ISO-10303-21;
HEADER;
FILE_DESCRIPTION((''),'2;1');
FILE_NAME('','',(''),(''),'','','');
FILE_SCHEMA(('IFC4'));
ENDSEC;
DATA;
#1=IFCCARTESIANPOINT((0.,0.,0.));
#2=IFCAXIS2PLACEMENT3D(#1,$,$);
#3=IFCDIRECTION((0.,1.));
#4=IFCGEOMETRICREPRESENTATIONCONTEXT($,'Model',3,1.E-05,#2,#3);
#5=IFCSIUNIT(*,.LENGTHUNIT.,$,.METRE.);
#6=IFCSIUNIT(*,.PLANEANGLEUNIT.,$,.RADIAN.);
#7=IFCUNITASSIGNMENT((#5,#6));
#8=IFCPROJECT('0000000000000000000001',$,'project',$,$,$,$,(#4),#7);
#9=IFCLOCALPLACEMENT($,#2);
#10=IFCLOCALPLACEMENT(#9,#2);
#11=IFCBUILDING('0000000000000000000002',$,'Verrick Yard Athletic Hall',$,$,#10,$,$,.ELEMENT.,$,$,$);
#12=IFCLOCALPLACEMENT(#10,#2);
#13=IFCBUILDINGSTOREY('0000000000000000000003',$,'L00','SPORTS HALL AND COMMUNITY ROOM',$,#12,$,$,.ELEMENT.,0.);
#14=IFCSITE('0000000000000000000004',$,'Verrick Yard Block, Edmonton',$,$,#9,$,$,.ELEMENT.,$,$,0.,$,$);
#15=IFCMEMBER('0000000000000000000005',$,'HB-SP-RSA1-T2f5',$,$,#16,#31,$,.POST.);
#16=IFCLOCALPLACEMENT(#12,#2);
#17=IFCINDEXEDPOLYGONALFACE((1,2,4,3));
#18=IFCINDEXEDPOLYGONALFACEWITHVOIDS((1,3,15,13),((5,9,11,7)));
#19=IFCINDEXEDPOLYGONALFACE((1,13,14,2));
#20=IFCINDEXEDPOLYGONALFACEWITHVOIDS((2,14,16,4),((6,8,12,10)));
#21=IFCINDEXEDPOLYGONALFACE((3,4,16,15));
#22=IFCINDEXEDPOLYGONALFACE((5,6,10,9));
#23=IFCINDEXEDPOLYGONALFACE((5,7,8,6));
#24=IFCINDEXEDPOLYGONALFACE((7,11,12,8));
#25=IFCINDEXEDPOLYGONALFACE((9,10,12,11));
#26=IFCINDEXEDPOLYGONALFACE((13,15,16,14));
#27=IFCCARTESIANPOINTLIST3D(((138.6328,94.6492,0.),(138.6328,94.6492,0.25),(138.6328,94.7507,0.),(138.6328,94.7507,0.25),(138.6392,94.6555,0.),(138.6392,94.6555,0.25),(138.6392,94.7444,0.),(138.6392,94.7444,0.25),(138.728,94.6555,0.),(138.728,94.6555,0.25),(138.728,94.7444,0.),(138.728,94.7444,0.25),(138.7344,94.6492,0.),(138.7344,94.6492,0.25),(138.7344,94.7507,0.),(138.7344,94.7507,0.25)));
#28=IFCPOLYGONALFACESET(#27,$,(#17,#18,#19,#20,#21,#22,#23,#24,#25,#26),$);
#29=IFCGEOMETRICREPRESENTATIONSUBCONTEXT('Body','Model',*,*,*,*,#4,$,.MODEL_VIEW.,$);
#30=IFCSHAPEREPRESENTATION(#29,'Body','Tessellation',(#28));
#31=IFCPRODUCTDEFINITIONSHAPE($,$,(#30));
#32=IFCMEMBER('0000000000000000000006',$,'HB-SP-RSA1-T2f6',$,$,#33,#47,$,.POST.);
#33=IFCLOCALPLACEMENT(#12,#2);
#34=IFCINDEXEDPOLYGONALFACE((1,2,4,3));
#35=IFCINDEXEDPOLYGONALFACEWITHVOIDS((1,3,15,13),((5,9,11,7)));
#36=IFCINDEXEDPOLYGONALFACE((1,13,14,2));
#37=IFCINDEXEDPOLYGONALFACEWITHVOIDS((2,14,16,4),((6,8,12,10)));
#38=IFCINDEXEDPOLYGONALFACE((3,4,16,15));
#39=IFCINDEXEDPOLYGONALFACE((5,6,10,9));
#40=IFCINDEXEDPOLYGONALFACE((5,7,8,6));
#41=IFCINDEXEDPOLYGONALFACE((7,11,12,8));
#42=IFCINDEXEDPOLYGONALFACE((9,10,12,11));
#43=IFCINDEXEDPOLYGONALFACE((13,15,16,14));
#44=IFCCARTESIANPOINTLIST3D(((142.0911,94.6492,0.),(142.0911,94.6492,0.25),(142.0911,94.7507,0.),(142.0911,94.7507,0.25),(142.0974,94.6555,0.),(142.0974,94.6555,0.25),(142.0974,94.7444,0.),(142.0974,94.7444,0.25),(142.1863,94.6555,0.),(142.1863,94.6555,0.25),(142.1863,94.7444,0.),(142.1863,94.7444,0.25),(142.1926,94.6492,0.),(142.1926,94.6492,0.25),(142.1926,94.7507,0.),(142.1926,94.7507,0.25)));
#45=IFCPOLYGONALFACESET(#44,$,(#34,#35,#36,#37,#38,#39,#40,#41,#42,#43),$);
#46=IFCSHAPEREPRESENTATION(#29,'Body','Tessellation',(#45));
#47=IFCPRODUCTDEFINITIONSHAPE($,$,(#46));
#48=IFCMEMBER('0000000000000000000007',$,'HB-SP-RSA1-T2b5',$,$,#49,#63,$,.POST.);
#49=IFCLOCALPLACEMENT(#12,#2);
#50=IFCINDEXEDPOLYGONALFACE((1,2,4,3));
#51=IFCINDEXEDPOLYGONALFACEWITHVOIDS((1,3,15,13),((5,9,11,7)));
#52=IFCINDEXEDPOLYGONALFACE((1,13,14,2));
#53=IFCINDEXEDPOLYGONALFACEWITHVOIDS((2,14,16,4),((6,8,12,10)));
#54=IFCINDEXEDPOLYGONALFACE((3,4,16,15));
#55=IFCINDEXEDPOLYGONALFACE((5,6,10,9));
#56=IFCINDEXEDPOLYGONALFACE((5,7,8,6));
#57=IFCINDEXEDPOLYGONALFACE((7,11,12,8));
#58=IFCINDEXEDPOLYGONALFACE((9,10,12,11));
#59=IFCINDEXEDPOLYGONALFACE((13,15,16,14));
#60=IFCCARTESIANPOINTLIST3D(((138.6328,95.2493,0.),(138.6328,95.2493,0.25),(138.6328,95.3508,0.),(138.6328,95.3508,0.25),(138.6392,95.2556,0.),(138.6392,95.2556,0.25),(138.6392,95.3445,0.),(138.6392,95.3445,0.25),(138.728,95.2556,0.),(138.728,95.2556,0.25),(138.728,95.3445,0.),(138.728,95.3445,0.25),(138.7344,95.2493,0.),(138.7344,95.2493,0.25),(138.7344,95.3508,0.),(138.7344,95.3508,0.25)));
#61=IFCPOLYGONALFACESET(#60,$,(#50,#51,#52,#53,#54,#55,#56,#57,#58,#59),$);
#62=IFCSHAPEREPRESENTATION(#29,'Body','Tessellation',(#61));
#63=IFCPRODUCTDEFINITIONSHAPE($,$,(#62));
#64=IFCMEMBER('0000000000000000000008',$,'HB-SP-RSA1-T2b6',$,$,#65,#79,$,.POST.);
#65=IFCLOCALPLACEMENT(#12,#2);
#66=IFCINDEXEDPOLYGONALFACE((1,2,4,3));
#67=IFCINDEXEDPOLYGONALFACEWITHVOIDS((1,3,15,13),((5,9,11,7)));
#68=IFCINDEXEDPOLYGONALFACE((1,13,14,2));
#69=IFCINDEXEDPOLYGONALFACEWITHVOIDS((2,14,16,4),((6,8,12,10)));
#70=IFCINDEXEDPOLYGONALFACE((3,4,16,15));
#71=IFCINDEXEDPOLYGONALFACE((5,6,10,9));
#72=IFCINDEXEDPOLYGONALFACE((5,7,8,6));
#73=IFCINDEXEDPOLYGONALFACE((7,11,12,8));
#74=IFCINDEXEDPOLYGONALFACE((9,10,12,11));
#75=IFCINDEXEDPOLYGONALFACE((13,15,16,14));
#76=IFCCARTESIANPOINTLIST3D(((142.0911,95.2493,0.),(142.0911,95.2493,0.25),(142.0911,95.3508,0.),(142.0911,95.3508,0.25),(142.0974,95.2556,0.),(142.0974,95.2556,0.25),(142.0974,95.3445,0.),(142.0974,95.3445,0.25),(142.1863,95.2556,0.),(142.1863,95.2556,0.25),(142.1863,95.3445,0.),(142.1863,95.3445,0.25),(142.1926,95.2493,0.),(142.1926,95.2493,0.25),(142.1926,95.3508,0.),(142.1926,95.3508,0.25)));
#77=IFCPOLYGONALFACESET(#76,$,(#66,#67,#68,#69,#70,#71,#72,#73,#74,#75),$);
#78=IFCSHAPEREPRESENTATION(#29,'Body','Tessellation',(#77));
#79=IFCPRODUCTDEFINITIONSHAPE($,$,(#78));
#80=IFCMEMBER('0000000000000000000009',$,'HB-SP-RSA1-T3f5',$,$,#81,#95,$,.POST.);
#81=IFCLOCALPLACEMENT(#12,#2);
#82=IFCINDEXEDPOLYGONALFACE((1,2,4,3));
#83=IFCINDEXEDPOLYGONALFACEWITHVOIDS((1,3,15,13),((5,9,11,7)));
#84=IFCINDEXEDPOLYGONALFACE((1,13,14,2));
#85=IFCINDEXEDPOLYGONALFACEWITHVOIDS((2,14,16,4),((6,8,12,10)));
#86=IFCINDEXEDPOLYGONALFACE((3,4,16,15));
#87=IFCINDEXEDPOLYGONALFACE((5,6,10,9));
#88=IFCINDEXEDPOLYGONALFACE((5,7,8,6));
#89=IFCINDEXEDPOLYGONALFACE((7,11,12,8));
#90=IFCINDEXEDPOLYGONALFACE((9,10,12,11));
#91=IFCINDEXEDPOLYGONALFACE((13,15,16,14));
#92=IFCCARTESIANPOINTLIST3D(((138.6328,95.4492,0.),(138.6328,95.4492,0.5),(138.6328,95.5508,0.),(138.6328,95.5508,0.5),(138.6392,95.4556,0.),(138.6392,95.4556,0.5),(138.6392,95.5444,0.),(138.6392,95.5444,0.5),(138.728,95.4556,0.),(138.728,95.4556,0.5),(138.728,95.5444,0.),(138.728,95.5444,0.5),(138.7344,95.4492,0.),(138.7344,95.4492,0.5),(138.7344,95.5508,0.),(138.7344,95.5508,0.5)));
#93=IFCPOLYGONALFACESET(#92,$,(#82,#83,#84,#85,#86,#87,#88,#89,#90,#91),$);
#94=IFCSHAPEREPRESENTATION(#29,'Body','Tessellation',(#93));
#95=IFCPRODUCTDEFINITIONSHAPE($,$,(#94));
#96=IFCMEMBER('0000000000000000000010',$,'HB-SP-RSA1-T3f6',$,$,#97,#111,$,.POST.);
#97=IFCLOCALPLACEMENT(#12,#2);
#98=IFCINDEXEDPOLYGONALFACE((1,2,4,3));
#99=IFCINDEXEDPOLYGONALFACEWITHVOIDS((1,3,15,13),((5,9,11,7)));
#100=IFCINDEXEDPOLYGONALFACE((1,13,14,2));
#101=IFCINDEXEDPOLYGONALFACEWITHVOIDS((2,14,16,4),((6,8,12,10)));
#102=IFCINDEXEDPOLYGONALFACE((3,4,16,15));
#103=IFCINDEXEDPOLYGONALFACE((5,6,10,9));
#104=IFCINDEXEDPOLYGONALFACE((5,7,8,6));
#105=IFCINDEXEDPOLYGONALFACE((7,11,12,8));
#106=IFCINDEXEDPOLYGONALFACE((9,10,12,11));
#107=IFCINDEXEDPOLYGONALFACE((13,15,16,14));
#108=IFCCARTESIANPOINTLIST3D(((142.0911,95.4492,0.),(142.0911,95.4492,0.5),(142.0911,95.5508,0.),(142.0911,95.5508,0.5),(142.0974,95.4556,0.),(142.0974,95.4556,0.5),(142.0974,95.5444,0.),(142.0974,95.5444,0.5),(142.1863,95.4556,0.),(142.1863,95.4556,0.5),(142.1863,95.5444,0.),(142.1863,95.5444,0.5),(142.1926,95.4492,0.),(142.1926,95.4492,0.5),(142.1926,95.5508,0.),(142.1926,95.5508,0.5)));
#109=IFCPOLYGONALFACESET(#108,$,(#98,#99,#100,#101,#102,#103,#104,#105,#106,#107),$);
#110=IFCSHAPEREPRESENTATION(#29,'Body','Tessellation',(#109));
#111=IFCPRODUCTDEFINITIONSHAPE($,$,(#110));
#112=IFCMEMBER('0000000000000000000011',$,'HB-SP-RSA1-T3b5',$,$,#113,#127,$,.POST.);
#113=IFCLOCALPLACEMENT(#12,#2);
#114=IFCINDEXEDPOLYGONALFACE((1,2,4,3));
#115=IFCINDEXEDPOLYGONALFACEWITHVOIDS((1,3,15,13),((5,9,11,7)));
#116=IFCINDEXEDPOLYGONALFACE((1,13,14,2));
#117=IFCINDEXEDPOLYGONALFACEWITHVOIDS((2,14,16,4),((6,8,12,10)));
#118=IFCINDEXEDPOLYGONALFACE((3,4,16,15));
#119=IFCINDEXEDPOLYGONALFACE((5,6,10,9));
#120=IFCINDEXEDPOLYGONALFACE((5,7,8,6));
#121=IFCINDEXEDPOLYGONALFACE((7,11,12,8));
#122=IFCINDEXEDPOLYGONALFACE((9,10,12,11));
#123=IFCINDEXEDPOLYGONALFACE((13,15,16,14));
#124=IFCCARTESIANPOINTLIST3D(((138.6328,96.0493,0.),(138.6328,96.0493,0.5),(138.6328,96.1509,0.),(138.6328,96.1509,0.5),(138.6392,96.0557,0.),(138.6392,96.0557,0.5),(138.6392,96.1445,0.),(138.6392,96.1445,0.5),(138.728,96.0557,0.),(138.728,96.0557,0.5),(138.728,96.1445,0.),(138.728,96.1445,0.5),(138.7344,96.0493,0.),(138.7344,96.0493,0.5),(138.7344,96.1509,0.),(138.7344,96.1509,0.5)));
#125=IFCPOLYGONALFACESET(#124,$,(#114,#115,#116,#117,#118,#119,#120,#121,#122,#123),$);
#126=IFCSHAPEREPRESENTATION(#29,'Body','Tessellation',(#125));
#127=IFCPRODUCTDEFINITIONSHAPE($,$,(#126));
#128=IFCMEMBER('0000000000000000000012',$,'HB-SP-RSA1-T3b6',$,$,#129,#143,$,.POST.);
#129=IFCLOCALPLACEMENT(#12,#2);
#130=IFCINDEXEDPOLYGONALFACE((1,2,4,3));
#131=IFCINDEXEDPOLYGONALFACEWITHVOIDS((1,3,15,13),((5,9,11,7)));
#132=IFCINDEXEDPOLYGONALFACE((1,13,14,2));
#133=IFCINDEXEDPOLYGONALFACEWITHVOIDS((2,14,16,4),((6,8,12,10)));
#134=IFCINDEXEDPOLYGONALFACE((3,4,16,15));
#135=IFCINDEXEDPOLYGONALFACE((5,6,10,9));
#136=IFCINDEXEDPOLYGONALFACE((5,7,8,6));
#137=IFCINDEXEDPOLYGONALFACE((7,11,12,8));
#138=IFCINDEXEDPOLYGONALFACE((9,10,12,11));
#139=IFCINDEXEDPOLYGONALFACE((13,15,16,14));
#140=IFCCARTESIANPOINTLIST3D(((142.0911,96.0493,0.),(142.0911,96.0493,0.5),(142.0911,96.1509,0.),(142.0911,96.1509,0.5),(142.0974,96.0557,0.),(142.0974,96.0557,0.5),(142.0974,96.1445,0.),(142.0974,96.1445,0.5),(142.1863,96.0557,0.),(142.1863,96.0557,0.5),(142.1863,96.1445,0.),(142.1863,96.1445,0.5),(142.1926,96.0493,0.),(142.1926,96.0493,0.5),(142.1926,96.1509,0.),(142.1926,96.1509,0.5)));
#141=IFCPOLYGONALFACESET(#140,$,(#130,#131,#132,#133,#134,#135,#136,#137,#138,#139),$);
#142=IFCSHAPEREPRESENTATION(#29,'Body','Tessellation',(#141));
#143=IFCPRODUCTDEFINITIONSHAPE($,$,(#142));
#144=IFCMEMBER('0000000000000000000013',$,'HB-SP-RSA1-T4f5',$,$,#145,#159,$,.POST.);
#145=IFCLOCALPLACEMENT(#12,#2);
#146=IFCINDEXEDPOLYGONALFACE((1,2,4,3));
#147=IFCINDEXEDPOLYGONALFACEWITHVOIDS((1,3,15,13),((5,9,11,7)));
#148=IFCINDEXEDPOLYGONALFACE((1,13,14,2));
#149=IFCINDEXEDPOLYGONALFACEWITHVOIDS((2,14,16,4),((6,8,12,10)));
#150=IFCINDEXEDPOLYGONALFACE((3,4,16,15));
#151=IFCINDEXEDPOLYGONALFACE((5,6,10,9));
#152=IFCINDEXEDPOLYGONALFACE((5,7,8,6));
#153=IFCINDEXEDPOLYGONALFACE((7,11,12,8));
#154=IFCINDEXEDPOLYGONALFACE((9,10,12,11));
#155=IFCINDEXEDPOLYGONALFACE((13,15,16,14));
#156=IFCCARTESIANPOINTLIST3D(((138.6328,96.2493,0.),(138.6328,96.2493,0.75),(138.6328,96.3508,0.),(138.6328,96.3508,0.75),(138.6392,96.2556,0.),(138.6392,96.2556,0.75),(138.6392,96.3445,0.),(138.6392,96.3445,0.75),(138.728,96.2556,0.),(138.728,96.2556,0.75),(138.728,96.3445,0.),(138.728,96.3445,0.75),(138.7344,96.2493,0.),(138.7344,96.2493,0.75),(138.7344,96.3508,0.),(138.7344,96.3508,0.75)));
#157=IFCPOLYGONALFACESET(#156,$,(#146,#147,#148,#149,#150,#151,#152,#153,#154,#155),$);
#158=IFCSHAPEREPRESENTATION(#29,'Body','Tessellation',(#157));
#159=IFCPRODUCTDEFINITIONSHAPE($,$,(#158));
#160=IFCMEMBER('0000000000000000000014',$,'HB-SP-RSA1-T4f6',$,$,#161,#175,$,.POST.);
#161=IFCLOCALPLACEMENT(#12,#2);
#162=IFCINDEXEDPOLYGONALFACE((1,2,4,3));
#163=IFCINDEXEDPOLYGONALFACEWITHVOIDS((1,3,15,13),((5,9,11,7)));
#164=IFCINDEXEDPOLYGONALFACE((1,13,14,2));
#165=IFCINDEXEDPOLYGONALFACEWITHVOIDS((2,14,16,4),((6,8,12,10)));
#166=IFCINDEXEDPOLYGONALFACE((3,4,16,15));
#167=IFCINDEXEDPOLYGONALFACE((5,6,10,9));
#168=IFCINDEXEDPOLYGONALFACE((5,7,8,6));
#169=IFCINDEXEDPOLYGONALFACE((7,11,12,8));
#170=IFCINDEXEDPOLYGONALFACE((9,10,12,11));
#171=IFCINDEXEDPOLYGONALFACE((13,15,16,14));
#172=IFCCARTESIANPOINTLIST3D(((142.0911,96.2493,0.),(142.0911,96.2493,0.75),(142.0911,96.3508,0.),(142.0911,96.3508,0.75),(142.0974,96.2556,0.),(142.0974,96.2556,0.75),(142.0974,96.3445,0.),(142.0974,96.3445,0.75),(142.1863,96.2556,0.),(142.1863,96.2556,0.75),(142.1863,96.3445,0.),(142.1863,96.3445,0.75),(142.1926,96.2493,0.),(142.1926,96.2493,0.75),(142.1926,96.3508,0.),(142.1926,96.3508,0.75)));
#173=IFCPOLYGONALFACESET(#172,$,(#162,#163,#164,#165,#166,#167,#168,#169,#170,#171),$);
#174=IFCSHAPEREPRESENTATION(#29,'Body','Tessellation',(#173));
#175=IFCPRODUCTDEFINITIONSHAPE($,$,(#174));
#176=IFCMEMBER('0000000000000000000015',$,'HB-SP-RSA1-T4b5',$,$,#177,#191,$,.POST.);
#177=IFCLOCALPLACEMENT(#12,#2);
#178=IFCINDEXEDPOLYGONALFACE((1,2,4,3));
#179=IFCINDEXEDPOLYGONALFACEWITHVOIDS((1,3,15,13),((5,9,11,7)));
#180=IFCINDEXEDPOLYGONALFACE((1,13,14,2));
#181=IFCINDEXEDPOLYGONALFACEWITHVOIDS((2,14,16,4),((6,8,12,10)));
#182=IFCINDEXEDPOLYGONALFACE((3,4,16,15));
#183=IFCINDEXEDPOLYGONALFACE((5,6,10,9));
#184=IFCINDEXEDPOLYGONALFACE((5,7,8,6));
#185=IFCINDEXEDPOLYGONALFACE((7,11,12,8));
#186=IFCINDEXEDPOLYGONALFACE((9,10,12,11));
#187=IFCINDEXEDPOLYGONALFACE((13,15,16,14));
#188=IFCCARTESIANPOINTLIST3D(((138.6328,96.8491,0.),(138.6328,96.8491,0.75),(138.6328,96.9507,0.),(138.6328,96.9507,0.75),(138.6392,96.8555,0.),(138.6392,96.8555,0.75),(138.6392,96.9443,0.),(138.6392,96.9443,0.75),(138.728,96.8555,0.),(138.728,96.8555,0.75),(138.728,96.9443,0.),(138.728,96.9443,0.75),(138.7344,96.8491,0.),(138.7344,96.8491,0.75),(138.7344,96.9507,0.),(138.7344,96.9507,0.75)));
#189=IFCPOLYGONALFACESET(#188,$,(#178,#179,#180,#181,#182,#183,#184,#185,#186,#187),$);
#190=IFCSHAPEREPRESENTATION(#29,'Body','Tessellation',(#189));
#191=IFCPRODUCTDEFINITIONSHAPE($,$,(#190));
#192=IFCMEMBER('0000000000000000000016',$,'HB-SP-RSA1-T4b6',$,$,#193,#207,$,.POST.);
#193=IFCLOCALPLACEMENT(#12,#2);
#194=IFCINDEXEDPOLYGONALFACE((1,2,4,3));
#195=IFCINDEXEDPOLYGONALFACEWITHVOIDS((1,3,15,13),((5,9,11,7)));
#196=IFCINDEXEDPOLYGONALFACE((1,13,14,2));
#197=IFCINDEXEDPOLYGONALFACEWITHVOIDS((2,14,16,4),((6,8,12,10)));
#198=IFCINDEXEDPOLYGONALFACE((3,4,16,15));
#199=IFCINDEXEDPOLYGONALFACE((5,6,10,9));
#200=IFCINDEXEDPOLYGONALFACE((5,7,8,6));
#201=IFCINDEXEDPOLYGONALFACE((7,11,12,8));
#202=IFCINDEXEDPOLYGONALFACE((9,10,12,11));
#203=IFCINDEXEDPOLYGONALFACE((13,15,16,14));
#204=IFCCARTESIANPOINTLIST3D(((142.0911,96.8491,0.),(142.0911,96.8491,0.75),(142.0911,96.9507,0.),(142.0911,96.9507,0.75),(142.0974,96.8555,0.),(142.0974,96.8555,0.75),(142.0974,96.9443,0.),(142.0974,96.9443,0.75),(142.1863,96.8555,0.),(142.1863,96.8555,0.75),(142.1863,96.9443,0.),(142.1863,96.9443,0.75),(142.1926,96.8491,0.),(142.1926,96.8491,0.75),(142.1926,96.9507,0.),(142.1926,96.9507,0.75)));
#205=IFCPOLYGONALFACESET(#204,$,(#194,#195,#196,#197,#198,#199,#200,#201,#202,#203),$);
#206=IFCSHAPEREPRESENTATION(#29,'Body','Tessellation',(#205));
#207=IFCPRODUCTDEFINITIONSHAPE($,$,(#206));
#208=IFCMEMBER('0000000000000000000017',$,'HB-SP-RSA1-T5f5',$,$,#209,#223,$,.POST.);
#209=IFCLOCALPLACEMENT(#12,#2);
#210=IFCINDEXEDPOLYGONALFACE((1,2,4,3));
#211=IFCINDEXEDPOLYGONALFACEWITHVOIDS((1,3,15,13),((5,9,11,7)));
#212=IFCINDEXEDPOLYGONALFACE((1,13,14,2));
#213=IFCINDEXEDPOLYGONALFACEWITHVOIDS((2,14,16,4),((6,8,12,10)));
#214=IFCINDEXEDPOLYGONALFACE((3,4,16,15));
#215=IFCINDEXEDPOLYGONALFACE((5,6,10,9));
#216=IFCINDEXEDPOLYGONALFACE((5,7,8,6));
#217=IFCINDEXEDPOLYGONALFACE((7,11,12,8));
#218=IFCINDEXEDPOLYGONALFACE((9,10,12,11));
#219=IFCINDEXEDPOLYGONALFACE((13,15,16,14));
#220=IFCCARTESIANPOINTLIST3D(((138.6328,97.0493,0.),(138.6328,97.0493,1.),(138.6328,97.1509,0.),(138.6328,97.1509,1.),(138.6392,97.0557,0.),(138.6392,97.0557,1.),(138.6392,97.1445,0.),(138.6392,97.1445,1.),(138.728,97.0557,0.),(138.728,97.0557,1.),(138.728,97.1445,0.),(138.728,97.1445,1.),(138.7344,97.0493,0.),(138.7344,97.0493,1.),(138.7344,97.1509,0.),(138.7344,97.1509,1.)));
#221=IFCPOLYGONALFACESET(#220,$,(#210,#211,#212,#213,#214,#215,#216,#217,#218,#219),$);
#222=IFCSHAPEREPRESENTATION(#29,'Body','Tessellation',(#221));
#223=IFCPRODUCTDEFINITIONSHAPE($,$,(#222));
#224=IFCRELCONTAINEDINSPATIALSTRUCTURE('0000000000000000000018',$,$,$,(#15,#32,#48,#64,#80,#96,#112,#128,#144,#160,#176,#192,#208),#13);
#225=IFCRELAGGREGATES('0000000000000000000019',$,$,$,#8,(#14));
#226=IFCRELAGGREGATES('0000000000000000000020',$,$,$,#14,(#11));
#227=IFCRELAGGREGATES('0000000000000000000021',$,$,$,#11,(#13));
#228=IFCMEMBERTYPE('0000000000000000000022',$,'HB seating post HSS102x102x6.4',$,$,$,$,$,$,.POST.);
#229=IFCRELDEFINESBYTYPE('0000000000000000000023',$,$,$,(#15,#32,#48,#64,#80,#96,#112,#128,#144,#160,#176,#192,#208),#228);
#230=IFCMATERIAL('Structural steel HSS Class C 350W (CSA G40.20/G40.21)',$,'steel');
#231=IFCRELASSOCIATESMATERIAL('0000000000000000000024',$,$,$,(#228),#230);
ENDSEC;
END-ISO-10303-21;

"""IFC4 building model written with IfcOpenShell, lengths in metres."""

from ifc_helpers import new_model, si_unit, direction, frame, origin, origin_2d, place, context, subcontext, project, spatial, hollow_rectangle, extrude, material, material_profile, profile_set, type_object, element, save


model = new_model("IFC4")

# Units and contexts
model_context = context("Model", 3, precision=1e-05, world=origin(), true_north=direction((0.0, 1.0)))
body_context = subcontext(model_context, "Body", "Model", "MODEL_VIEW")
ifc_project = project(units=[si_unit("LENGTHUNIT", "METRE"), si_unit("PLANEANGLEUNIT", "RADIAN")], contexts=[model_context])

# Site, building, storey
site_placement = place(None, origin())
site = spatial("IfcSite", under=ifc_project, at=site_placement, Name="Verrick Yard Block, Edmonton", CompositionType="ELEMENT", RefElevation=0.0)
building_placement = place(site_placement, origin())
building = spatial("IfcBuilding", under=site, at=building_placement, Name="Verrick Yard Athletic Hall", CompositionType="ELEMENT")
storey_placement = place(building_placement, origin())
storey = spatial("IfcBuildingStorey", under=building, at=storey_placement, Name="L00", Description="SPORTS HALL AND COMMUNITY ROOM", CompositionType="ELEMENT", Elevation=0.0)

# Members
ifc_material = material(Name="Structural steel HSS Class C 350W (CSA G40.20/G40.21)", Category="steel")
ifc_material_profile = material_profile(ifc_material, hollow_rectangle(XDim=0.1016, YDim=0.1016, WallThickness=0.0063, at=origin_2d()), Name="HSS102x102x6.4")
ifc_profile_set = profile_set([ifc_material_profile], Name="Structural steel HSS Class C 350W (CSA G40.20/G40.21)")
member_type = type_object("IfcMemberType", Name="HB seating post HSS102x102x6.4", PredefinedType="POST", material=ifc_profile_set)
for number, where, z_axis, x_axis, name in (
    (1, (138.6836, 94.7, 0.0), (0.0, 0.0, 1.0), (0.0, 1.0, 0.0), "HB-SP-RSA1-T2f5"),
    (2, (142.1418, 94.7, 0.0), (0.0, 0.0, 1.0), (0.0, 1.0, 0.0), "HB-SP-RSA1-T2f6"),
    (3, (138.6836, 95.3, 0.0), (0.0, 0.0, 1.0), (0.0, 1.0, 0.0), "HB-SP-RSA1-T2b5"),
    (4, (142.1418, 95.3, 0.0), (0.0, 0.0, 1.0), (0.0, 1.0, 0.0), "HB-SP-RSA1-T2b6"),
):
    element("IfcMember", number, at=place(storey_placement, frame(where, z_axis=z_axis, x_axis=x_axis)), inside=storey, type_object=member_type, Name=name, PredefinedType="POST", context=body_context, shape_type="SweptSolid", body=[
        extrude(hollow_rectangle(XDim=0.1016, YDim=0.1016, WallThickness=0.0063, at=origin_2d()), origin(), (0.0, 0.0, 1.0), 0.25),
    ])
for number, where, z_axis, x_axis, name in (
    (5, (138.6836, 95.5, 0.0), (0.0, 0.0, 1.0), (0.0, 1.0, 0.0), "HB-SP-RSA1-T3f5"),
    (6, (142.1418, 95.5, 0.0), (0.0, 0.0, 1.0), (0.0, 1.0, 0.0), "HB-SP-RSA1-T3f6"),
    (7, (138.6836, 96.1001, 0.0), (0.0, 0.0, 1.0), (0.0, 1.0, 0.0), "HB-SP-RSA1-T3b5"),
    (8, (142.1418, 96.1001, 0.0), (0.0, 0.0, 1.0), (0.0, 1.0, 0.0), "HB-SP-RSA1-T3b6"),
):
    element("IfcMember", number, at=place(storey_placement, frame(where, z_axis=z_axis, x_axis=x_axis)), inside=storey, type_object=member_type, Name=name, PredefinedType="POST", context=body_context, shape_type="SweptSolid", body=[
        extrude(hollow_rectangle(XDim=0.1016, YDim=0.1016, WallThickness=0.0063, at=origin_2d()), origin(), (0.0, 0.0, 1.0), 0.5),
    ])
for number, where, z_axis, x_axis, name in (
    (9, (138.6836, 96.3, 0.0), (0.0, 0.0, 1.0), (0.0, 1.0, 0.0), "HB-SP-RSA1-T4f5"),
    (10, (142.1418, 96.3, 0.0), (0.0, 0.0, 1.0), (0.0, 1.0, 0.0), "HB-SP-RSA1-T4f6"),
    (11, (138.6836, 96.8999, 0.0), (0.0, 0.0, 1.0), (0.0, 1.0, 0.0), "HB-SP-RSA1-T4b5"),
    (12, (142.1418, 96.8999, 0.0), (0.0, 0.0, 1.0), (0.0, 1.0, 0.0), "HB-SP-RSA1-T4b6"),
):
    element("IfcMember", number, at=place(storey_placement, frame(where, z_axis=z_axis, x_axis=x_axis)), inside=storey, type_object=member_type, Name=name, PredefinedType="POST", context=body_context, shape_type="SweptSolid", body=[
        extrude(hollow_rectangle(XDim=0.1016, YDim=0.1016, WallThickness=0.0063, at=origin_2d()), origin(), (0.0, 0.0, 1.0), 0.75),
    ])
for number, where, z_axis, x_axis, name in (
    (13, (138.6836, 97.1001, 0.0), (0.0, 0.0, 1.0), (0.0, 1.0, 0.0), "HB-SP-RSA1-T5f5"),
):
    element("IfcMember", number, at=place(storey_placement, frame(where, z_axis=z_axis, x_axis=x_axis)), inside=storey, type_object=member_type, Name=name, PredefinedType="POST", context=body_context, shape_type="SweptSolid", body=[
        extrude(hollow_rectangle(XDim=0.1016, YDim=0.1016, WallThickness=0.0063, at=origin_2d()), origin(), (0.0, 0.0, 1.0), 1.0),
    ])

save(model, "model.ifc")
